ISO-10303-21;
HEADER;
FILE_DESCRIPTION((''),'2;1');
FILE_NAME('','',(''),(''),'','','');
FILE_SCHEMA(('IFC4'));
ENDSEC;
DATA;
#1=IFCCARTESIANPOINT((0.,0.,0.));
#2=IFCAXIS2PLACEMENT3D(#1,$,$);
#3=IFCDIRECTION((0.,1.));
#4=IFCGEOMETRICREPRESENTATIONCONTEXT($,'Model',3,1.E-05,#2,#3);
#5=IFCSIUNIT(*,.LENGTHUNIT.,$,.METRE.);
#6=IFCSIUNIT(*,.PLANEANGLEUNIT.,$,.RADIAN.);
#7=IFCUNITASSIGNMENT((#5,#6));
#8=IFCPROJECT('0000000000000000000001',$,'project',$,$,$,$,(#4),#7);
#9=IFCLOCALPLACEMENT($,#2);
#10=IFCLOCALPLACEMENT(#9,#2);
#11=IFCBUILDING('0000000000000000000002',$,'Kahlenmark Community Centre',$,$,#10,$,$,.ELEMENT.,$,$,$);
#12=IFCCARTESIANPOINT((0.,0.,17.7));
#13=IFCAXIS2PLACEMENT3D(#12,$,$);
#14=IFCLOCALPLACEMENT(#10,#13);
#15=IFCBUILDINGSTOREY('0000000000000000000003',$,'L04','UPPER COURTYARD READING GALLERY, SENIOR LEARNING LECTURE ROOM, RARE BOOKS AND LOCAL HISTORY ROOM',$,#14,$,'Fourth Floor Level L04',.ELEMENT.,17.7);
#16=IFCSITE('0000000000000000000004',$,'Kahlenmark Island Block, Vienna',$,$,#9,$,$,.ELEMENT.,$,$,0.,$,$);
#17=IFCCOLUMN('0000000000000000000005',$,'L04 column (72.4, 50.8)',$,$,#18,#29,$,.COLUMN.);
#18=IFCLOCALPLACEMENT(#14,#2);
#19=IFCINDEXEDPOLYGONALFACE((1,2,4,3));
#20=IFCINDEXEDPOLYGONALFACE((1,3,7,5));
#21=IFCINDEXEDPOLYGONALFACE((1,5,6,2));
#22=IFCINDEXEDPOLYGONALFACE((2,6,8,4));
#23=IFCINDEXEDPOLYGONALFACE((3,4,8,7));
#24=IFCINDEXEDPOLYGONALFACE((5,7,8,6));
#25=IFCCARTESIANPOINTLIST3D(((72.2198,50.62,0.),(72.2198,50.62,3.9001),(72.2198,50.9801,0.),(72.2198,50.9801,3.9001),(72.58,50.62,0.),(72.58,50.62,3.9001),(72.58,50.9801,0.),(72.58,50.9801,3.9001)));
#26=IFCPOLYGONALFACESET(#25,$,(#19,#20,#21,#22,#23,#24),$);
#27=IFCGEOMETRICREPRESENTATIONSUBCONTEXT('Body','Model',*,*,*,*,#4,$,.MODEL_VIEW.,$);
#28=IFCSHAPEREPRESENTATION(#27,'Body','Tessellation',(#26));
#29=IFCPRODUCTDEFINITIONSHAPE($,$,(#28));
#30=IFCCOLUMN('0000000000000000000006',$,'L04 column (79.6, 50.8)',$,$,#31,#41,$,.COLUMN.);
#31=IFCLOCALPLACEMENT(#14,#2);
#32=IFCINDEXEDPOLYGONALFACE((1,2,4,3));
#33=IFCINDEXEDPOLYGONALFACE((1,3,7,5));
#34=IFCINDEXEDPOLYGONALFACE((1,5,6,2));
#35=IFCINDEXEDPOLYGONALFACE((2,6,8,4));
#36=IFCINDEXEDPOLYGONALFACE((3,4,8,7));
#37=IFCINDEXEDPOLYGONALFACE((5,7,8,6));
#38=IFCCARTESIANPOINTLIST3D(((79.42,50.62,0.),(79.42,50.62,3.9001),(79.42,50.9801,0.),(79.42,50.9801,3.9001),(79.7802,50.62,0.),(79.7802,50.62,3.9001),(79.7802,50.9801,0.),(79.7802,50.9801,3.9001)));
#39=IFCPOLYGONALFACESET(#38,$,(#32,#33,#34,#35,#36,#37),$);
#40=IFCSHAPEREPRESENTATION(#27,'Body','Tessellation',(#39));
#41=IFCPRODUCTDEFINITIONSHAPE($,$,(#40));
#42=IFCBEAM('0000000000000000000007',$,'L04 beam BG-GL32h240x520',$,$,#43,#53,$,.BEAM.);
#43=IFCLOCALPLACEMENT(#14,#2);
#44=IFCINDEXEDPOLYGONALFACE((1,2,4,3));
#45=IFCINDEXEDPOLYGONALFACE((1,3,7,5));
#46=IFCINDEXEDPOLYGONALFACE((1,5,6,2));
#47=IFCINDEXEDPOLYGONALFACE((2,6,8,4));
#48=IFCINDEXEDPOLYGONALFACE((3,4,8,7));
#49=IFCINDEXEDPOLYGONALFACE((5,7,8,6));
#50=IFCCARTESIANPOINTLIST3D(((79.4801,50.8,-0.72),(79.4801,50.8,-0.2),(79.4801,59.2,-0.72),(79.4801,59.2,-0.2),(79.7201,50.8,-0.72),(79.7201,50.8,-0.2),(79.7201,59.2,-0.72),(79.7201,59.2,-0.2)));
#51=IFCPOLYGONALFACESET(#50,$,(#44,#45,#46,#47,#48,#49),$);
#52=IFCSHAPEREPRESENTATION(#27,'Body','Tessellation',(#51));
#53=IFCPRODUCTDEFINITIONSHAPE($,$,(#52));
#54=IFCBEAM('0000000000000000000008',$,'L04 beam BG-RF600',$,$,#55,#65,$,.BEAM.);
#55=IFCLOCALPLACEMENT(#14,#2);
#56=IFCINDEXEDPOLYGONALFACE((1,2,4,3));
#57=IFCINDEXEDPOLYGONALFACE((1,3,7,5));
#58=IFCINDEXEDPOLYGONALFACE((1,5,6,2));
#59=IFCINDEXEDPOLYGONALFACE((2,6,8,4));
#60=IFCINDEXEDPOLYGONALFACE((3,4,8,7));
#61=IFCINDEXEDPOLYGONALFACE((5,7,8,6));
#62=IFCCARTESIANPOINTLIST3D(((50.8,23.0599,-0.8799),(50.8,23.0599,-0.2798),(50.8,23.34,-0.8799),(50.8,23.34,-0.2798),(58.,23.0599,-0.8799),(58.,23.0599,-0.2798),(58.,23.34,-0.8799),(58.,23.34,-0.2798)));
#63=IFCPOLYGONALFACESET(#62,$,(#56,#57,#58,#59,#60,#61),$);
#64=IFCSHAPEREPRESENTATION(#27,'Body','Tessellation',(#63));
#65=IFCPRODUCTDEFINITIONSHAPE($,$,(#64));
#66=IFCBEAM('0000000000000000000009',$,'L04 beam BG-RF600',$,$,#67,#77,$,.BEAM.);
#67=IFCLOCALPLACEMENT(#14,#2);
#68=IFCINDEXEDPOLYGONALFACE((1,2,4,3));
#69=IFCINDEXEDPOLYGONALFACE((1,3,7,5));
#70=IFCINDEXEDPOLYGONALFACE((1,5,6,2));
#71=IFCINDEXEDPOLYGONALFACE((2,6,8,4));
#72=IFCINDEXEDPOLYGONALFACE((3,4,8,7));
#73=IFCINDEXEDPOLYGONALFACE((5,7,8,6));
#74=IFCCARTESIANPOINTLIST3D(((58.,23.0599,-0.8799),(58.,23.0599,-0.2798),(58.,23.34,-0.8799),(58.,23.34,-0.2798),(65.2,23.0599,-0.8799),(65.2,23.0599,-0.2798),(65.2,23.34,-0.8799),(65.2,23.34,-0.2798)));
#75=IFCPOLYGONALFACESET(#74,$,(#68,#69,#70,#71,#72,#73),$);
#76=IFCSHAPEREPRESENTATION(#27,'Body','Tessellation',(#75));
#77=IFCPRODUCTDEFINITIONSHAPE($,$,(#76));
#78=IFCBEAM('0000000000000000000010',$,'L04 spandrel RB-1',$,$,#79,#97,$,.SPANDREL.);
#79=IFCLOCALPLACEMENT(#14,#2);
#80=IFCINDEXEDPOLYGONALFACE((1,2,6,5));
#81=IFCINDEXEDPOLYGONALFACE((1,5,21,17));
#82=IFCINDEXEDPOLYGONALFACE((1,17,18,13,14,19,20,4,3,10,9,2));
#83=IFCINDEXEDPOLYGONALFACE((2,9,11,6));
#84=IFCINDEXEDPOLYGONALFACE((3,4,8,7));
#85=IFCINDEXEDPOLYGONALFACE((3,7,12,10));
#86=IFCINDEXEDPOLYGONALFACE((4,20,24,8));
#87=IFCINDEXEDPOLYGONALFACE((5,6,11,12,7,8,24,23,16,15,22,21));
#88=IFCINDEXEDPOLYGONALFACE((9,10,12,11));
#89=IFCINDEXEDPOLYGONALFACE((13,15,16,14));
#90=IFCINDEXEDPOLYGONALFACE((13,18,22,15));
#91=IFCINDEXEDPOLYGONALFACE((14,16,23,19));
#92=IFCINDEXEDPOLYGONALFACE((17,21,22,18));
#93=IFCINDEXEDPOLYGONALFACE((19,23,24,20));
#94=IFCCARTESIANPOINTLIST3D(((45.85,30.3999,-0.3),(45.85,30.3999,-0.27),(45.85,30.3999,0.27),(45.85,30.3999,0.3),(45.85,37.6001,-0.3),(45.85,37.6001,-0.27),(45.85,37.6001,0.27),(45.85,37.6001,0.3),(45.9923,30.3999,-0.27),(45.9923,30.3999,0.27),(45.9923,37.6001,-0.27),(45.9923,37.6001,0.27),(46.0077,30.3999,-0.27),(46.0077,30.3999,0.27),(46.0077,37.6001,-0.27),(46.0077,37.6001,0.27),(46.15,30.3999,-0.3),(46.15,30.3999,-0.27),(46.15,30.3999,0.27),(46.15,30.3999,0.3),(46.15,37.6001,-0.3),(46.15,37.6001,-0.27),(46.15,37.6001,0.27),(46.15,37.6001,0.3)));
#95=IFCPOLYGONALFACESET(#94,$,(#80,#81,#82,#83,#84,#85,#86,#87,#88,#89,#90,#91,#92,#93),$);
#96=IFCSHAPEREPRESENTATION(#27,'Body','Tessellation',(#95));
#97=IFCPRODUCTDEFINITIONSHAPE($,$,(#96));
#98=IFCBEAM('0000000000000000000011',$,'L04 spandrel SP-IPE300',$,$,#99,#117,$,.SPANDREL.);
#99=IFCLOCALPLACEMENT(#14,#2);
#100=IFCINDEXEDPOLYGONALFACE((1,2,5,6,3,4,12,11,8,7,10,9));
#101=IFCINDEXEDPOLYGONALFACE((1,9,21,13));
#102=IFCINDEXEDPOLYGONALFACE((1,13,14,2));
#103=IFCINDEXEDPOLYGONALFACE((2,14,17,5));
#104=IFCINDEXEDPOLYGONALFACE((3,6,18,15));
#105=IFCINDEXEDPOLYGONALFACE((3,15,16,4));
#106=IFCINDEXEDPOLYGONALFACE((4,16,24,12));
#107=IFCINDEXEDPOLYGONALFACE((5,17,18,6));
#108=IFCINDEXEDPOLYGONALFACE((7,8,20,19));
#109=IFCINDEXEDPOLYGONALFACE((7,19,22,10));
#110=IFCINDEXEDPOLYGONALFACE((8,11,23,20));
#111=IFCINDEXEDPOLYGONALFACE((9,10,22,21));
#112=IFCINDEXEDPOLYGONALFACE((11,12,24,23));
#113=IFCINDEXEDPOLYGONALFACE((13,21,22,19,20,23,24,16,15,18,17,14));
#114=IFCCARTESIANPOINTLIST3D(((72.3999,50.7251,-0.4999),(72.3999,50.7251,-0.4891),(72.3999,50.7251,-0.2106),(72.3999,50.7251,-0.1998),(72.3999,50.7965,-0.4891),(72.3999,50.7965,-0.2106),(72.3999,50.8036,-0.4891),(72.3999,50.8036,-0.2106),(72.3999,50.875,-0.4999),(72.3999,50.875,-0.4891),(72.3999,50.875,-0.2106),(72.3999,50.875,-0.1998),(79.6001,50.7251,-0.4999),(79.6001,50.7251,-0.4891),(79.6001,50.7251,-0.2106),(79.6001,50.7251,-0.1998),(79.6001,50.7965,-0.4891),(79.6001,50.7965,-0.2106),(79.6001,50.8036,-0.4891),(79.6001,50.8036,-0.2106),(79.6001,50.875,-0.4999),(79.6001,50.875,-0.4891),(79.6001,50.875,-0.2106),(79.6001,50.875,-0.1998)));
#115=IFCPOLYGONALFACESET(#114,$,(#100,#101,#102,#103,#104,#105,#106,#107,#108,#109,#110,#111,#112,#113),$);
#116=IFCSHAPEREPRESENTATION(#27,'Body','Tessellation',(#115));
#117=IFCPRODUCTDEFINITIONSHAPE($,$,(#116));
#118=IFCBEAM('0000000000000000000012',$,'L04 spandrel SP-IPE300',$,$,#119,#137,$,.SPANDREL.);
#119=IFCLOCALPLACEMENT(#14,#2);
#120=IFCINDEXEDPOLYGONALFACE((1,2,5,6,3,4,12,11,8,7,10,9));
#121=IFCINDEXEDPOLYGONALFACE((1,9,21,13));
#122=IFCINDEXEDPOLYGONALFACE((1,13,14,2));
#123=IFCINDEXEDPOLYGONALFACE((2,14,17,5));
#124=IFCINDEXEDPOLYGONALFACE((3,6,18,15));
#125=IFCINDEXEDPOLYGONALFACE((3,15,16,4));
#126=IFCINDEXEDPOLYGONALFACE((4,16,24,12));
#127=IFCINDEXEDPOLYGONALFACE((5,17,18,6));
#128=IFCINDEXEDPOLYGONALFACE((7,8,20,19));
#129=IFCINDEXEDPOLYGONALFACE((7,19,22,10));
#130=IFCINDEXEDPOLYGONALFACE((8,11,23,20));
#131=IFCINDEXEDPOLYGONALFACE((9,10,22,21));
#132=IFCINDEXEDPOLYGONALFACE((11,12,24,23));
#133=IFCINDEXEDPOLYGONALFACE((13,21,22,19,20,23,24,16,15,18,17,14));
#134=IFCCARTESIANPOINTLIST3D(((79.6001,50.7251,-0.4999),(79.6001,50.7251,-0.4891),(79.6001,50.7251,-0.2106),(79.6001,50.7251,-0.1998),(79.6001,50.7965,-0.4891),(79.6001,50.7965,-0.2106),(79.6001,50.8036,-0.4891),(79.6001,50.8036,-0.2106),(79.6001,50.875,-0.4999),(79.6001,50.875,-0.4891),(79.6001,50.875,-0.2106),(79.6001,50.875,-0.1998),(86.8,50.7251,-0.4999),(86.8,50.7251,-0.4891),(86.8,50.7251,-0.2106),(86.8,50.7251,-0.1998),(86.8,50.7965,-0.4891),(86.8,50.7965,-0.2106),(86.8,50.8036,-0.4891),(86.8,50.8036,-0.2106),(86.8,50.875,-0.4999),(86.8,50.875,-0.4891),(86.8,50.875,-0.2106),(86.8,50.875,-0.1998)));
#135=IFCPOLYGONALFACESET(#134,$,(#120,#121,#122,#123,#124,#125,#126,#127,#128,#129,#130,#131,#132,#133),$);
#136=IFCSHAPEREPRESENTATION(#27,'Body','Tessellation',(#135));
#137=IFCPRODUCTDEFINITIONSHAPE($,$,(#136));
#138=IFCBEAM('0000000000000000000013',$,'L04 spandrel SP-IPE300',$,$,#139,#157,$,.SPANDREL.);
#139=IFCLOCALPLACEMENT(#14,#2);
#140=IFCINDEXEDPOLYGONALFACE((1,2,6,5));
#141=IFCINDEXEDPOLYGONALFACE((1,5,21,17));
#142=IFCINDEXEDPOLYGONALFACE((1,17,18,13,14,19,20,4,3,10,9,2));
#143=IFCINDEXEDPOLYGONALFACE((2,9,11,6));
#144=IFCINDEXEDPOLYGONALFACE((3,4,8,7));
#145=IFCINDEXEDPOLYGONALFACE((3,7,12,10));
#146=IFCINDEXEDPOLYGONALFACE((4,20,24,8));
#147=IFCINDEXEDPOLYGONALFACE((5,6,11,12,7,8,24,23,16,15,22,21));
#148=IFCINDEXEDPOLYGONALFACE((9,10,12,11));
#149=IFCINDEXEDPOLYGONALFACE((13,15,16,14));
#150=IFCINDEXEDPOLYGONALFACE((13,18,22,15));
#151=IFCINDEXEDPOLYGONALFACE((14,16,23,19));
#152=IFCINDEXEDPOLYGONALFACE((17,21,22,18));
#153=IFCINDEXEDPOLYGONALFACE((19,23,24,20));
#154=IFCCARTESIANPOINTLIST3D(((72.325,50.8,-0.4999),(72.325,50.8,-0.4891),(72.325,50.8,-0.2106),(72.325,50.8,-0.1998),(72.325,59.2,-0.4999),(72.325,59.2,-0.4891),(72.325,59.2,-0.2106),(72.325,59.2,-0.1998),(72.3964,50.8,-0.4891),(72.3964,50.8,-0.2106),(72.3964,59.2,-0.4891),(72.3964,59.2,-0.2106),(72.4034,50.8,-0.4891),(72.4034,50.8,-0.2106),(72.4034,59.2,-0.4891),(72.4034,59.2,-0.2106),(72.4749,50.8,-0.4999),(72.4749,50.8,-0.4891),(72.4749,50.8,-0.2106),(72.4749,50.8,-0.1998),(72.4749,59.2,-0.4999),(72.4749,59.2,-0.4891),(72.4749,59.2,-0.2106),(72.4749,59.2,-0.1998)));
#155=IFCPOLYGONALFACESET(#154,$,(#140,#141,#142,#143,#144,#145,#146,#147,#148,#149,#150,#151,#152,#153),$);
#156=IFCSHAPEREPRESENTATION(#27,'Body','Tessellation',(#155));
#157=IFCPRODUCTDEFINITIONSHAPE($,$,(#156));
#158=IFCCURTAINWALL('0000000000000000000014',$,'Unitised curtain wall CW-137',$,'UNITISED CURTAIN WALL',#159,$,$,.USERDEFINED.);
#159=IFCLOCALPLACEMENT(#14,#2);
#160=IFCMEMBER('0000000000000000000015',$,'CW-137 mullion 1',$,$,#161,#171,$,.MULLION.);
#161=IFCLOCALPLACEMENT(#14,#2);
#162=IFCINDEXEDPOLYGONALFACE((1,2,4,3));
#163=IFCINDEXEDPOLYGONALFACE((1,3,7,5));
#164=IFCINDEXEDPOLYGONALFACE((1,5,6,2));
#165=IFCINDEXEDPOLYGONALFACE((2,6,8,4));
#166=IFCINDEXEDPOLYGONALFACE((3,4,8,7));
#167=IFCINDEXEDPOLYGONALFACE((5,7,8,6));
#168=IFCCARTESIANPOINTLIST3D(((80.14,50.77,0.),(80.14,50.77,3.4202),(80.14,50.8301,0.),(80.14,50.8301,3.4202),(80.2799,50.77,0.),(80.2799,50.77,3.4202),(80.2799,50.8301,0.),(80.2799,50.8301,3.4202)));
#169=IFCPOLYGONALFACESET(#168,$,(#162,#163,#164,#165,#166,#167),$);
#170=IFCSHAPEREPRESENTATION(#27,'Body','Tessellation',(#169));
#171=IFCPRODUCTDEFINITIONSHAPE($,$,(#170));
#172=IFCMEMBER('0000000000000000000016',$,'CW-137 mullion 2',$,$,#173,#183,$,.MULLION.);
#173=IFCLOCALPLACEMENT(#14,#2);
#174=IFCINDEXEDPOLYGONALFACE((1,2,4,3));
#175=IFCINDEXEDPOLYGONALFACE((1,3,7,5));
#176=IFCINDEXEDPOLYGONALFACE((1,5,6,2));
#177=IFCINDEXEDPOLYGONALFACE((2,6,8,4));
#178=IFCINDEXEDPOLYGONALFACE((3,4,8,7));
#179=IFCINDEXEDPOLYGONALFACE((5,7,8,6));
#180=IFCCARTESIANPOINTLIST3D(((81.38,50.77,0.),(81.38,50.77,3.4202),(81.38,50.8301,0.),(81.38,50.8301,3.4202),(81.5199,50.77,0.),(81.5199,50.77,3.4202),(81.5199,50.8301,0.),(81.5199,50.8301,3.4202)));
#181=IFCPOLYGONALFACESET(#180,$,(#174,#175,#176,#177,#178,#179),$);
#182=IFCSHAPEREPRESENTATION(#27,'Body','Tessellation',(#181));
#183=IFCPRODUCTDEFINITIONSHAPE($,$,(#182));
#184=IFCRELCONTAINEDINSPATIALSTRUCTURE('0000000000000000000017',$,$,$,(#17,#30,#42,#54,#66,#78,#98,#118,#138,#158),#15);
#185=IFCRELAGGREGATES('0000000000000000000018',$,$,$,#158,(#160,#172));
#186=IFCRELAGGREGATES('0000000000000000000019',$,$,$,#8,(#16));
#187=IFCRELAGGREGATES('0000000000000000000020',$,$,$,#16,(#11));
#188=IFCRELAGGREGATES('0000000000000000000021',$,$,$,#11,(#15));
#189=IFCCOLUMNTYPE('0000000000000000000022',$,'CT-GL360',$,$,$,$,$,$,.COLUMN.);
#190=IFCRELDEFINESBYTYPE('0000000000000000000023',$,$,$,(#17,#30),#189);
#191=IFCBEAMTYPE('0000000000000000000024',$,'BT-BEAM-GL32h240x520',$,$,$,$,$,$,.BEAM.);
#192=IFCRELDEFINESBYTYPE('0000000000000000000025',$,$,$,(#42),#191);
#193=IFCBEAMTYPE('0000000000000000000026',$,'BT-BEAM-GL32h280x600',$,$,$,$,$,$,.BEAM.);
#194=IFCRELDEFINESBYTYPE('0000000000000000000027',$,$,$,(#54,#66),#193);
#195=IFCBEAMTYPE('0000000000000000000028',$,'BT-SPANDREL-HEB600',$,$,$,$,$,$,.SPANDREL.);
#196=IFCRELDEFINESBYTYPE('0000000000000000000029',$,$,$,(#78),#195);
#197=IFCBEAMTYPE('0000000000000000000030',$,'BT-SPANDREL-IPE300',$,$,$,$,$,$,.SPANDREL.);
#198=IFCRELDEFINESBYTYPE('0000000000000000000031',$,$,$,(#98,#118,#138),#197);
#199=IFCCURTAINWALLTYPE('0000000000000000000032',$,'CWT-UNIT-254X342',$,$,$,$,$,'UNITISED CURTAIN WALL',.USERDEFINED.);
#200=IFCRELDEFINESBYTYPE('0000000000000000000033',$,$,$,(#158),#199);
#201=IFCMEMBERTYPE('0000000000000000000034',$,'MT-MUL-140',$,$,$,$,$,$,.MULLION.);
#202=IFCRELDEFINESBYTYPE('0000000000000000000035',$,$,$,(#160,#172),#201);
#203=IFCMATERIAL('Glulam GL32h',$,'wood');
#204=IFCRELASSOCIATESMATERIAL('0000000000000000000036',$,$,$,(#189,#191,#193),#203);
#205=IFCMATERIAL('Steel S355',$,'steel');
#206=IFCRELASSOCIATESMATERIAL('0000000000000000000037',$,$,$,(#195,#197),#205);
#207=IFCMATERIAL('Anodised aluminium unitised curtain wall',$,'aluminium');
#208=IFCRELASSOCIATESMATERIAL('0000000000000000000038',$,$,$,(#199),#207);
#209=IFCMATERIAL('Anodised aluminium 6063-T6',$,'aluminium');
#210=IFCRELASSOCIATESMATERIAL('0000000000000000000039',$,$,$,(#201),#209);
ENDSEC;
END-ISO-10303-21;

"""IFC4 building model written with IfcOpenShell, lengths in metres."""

from ifc_helpers import new_model, si_unit, direction, frame, origin, origin_2d, place, context, subcontext, project, spatial, rectangle, i_section, extrude, material, material_profile, profile_set, type_object, element, aggregate, save


model = new_model("IFC4")

# Units and contexts
model_context = context("Model", 3, precision=1e-05, world=origin(), true_north=direction((0.0, 1.0)))
body_context = subcontext(model_context, "Body", "Model", "MODEL_VIEW")
ifc_project = project(units=[si_unit("LENGTHUNIT", "METRE"), si_unit("PLANEANGLEUNIT", "RADIAN")], contexts=[model_context])

# Site, building, storey
site_placement = place(None, origin())
site = spatial("IfcSite", under=ifc_project, at=site_placement, Name="Kahlenmark Island Block, Vienna", CompositionType="ELEMENT", RefElevation=0.0)
building_placement = place(site_placement, origin())
building = spatial("IfcBuilding", under=site, at=building_placement, Name="Kahlenmark Community Centre", CompositionType="ELEMENT")
storey_placement = place(building_placement, frame((0.0, 0.0, 17.7)))
storey = spatial("IfcBuildingStorey", under=building, at=storey_placement, Name="L04", Description="UPPER COURTYARD READING GALLERY, SENIOR LEARNING LECTURE ROOM, RARE BOOKS AND LOCAL HISTORY ROOM", LongName="Fourth Floor Level L04", CompositionType="ELEMENT", Elevation=17.7)

# Columns
ifc_material_1 = material(Name="Glulam GL32h", Category="wood")
ifc_material_profile_1 = material_profile(ifc_material_1, rectangle(XDim=0.3601, YDim=0.3601, at=origin_2d()), Name="GL32h 360x360")
ifc_profile_set_1 = profile_set([ifc_material_profile_1], Name="Glulam GL32h")
column_type = type_object("IfcColumnType", Name="CT-GL360", PredefinedType="COLUMN", material=ifc_profile_set_1)
for number, where, z_axis, x_axis, name in (
    (1, (72.3999, 50.8, 0.0), (0.0, 0.0, 1.0), (1.0, 0.0, 0.0), "L04 column (72.4, 50.8)"),
    (2, (79.6001, 50.8, 0.0), (0.0, 0.0, 1.0), (1.0, 0.0, 0.0), "L04 column (79.6, 50.8)"),
):
    element("IfcColumn", number, at=place(storey_placement, frame(where, z_axis=z_axis, x_axis=x_axis)), inside=storey, type_object=column_type, Name=name, PredefinedType="COLUMN", context=body_context, shape_type="SweptSolid", body=[
        extrude(rectangle(XDim=0.3601, YDim=0.3601, at=origin_2d()), origin(), (0.0, 0.0, 1.0), 3.9001),
    ])

# Beams
ifc_material_profile_2 = material_profile(ifc_material_1, rectangle(XDim=0.24, YDim=0.52, at=origin_2d()), Name="GL32h 240x520")
ifc_profile_set_2 = profile_set([ifc_material_profile_2], Name="Glulam GL32h")
beam_type_1 = type_object("IfcBeamType", Name="BT-BEAM-GL32h240x520", PredefinedType="BEAM", material=ifc_profile_set_2)
beam_1_placement = place(storey_placement, frame((79.6001, 50.8, -0.46), z_axis=(0.0, 1.0, 0.0), x_axis=(-1.0, 0.0, 0.0)))
element("IfcBeam", 3, at=beam_1_placement, inside=storey, type_object=beam_type_1, Name="L04 beam BG-GL32h240x520", PredefinedType="BEAM", context=body_context, shape_type="SweptSolid", body=[
    extrude(rectangle(XDim=0.24, YDim=0.52, at=origin_2d()), origin(), (0.0, 0.0, 1.0), 8.3999),
])
ifc_material_profile_3 = material_profile(ifc_material_1, rectangle(XDim=0.28, YDim=0.6001, at=origin_2d()), Name="GL32h 280x600")
ifc_profile_set_3 = profile_set([ifc_material_profile_3], Name="Glulam GL32h")
beam_type_2 = type_object("IfcBeamType", Name="BT-BEAM-GL32h280x600", PredefinedType="BEAM", material=ifc_profile_set_3)
for number, where, z_axis, x_axis, name in (
    (4, (50.8, 23.2, -0.5798), (1.0, 0.0, 0.0), (0.0, 1.0, 0.0), "L04 beam BG-RF600"),
    (5, (58.0, 23.2, -0.5798), (1.0, 0.0, 0.0), (0.0, 1.0, 0.0), "L04 beam BG-RF600"),
):
    element("IfcBeam", number, at=place(storey_placement, frame(where, z_axis=z_axis, x_axis=x_axis)), inside=storey, type_object=beam_type_2, Name=name, PredefinedType="BEAM", context=body_context, shape_type="SweptSolid", body=[
        extrude(rectangle(XDim=0.28, YDim=0.6001, at=origin_2d()), origin(), (0.0, 0.0, 1.0), 7.2),
    ])
ifc_material_2 = material(Name="Steel S355", Category="steel")
ifc_material_profile_4 = material_profile(ifc_material_2, i_section(OverallWidth=0.3, OverallDepth=0.6001, WebThickness=0.0154, FlangeThickness=0.03, at=origin_2d()), Name="HEB 600")
ifc_profile_set_4 = profile_set([ifc_material_profile_4], Name="Steel S355")
beam_type_3 = type_object("IfcBeamType", Name="BT-SPANDREL-HEB600", PredefinedType="SPANDREL", material=ifc_profile_set_4)
beam_2_placement = place(storey_placement, frame((46.0, 30.3999, 0.0), z_axis=(0.0, 1.0, 0.0), x_axis=(-1.0, 0.0, 0.0)))
element("IfcBeam", 6, at=beam_2_placement, inside=storey, type_object=beam_type_3, Name="L04 spandrel RB-1", PredefinedType="SPANDREL", context=body_context, shape_type="SweptSolid", body=[
    extrude(i_section(OverallWidth=0.3, OverallDepth=0.6001, WebThickness=0.0154, FlangeThickness=0.03, at=origin_2d()), origin(), (0.0, 0.0, 1.0), 7.2002),
])
ifc_material_profile_5 = material_profile(ifc_material_2, i_section(OverallWidth=0.1499, OverallDepth=0.3, WebThickness=0.0071, FlangeThickness=0.0107, at=origin_2d()), Name="IPE 300")
ifc_profile_set_5 = profile_set([ifc_material_profile_5], Name="Steel S355")
beam_type_4 = type_object("IfcBeamType", Name="BT-SPANDREL-IPE300", PredefinedType="SPANDREL", material=ifc_profile_set_5)
beam_3_placement = place(storey_placement, frame((72.3999, 50.8, -0.3499), z_axis=(1.0, 0.0, 0.0), x_axis=(0.0, 1.0, 0.0)))
element("IfcBeam", 7, at=beam_3_placement, inside=storey, type_object=beam_type_4, Name="L04 spandrel SP-IPE300", PredefinedType="SPANDREL", context=body_context, shape_type="SweptSolid", body=[
    extrude(i_section(OverallWidth=0.1499, OverallDepth=0.3, WebThickness=0.0071, FlangeThickness=0.0107, at=origin_2d()), origin(), (0.0, 0.0, 1.0), 7.2002),
])
beam_4_placement = place(storey_placement, frame((79.6001, 50.8, -0.3499), z_axis=(1.0, 0.0, 0.0), x_axis=(0.0, 1.0, 0.0)))
element("IfcBeam", 8, at=beam_4_placement, inside=storey, type_object=beam_type_4, Name="L04 spandrel SP-IPE300", PredefinedType="SPANDREL", context=body_context, shape_type="SweptSolid", body=[
    extrude(i_section(OverallWidth=0.1499, OverallDepth=0.3, WebThickness=0.0071, FlangeThickness=0.0107, at=origin_2d()), origin(), (0.0, 0.0, 1.0), 7.2),
])
beam_5_placement = place(storey_placement, frame((72.3999, 50.8, -0.3499), z_axis=(0.0, 1.0, 0.0), x_axis=(-1.0, 0.0, 0.0)))
element("IfcBeam", 9, at=beam_5_placement, inside=storey, type_object=beam_type_4, Name="L04 spandrel SP-IPE300", PredefinedType="SPANDREL", context=body_context, shape_type="SweptSolid", body=[
    extrude(i_section(OverallWidth=0.1499, OverallDepth=0.3, WebThickness=0.0071, FlangeThickness=0.0107, at=origin_2d()), origin(), (0.0, 0.0, 1.0), 8.3999),
])

# Curtain wall, members
ifc_material_3 = material(Name="Anodised aluminium unitised curtain wall", Category="aluminium")
curtain_wall_type = type_object("IfcCurtainWallType", Name="CWT-UNIT-254X342", ElementType="UNITISED CURTAIN WALL", PredefinedType="USERDEFINED", material=ifc_material_3)
curtain_wall_placement = place(storey_placement, origin())
curtain_wall = element("IfcCurtainWall", 10, at=curtain_wall_placement, inside=storey, type_object=curtain_wall_type, Name="Unitised curtain wall CW-137", ObjectType="UNITISED CURTAIN WALL", PredefinedType="USERDEFINED")
ifc_material_4 = material(Name="Anodised aluminium 6063-T6", Category="aluminium")
ifc_material_profile_6 = material_profile(ifc_material_4, rectangle(XDim=0.0601, YDim=0.1399, at=origin_2d()), Name="ALU MULLION 60x140")
ifc_profile_set_6 = profile_set([ifc_material_profile_6], Name="Anodised aluminium 6063-T6")
member_type_1 = type_object("IfcMemberType", Name="MT-MUL-140", PredefinedType="MULLION", material=ifc_profile_set_6)
member_1_placement = place(storey_placement, frame((80.21, 50.8, 0.0), z_axis=(0.0, 0.0, 1.0), x_axis=(0.0, 1.0, 0.0)))
member_1 = element("IfcMember", 11, at=member_1_placement, type_object=member_type_1, Name="CW-137 mullion 1", PredefinedType="MULLION", context=body_context, shape_type="SweptSolid", body=[
    extrude(rectangle(XDim=0.0601, YDim=0.1399, at=origin_2d()), origin(), (0.0, 0.0, 1.0), 3.4202),
])
member_2_placement = place(storey_placement, frame((81.45, 50.8, 0.0), z_axis=(0.0, 0.0, 1.0), x_axis=(0.0, 1.0, 0.0)))
member_2 = element("IfcMember", 12, at=member_2_placement, type_object=member_type_1, Name="CW-137 mullion 2", PredefinedType="MULLION", context=body_context, shape_type="SweptSolid", body=[
    extrude(rectangle(XDim=0.0601, YDim=0.1399, at=origin_2d()), origin(), (0.0, 0.0, 1.0), 3.4202),
])

aggregate(curtain_wall, [member_1, member_2])

save(model, "model.ifc")
